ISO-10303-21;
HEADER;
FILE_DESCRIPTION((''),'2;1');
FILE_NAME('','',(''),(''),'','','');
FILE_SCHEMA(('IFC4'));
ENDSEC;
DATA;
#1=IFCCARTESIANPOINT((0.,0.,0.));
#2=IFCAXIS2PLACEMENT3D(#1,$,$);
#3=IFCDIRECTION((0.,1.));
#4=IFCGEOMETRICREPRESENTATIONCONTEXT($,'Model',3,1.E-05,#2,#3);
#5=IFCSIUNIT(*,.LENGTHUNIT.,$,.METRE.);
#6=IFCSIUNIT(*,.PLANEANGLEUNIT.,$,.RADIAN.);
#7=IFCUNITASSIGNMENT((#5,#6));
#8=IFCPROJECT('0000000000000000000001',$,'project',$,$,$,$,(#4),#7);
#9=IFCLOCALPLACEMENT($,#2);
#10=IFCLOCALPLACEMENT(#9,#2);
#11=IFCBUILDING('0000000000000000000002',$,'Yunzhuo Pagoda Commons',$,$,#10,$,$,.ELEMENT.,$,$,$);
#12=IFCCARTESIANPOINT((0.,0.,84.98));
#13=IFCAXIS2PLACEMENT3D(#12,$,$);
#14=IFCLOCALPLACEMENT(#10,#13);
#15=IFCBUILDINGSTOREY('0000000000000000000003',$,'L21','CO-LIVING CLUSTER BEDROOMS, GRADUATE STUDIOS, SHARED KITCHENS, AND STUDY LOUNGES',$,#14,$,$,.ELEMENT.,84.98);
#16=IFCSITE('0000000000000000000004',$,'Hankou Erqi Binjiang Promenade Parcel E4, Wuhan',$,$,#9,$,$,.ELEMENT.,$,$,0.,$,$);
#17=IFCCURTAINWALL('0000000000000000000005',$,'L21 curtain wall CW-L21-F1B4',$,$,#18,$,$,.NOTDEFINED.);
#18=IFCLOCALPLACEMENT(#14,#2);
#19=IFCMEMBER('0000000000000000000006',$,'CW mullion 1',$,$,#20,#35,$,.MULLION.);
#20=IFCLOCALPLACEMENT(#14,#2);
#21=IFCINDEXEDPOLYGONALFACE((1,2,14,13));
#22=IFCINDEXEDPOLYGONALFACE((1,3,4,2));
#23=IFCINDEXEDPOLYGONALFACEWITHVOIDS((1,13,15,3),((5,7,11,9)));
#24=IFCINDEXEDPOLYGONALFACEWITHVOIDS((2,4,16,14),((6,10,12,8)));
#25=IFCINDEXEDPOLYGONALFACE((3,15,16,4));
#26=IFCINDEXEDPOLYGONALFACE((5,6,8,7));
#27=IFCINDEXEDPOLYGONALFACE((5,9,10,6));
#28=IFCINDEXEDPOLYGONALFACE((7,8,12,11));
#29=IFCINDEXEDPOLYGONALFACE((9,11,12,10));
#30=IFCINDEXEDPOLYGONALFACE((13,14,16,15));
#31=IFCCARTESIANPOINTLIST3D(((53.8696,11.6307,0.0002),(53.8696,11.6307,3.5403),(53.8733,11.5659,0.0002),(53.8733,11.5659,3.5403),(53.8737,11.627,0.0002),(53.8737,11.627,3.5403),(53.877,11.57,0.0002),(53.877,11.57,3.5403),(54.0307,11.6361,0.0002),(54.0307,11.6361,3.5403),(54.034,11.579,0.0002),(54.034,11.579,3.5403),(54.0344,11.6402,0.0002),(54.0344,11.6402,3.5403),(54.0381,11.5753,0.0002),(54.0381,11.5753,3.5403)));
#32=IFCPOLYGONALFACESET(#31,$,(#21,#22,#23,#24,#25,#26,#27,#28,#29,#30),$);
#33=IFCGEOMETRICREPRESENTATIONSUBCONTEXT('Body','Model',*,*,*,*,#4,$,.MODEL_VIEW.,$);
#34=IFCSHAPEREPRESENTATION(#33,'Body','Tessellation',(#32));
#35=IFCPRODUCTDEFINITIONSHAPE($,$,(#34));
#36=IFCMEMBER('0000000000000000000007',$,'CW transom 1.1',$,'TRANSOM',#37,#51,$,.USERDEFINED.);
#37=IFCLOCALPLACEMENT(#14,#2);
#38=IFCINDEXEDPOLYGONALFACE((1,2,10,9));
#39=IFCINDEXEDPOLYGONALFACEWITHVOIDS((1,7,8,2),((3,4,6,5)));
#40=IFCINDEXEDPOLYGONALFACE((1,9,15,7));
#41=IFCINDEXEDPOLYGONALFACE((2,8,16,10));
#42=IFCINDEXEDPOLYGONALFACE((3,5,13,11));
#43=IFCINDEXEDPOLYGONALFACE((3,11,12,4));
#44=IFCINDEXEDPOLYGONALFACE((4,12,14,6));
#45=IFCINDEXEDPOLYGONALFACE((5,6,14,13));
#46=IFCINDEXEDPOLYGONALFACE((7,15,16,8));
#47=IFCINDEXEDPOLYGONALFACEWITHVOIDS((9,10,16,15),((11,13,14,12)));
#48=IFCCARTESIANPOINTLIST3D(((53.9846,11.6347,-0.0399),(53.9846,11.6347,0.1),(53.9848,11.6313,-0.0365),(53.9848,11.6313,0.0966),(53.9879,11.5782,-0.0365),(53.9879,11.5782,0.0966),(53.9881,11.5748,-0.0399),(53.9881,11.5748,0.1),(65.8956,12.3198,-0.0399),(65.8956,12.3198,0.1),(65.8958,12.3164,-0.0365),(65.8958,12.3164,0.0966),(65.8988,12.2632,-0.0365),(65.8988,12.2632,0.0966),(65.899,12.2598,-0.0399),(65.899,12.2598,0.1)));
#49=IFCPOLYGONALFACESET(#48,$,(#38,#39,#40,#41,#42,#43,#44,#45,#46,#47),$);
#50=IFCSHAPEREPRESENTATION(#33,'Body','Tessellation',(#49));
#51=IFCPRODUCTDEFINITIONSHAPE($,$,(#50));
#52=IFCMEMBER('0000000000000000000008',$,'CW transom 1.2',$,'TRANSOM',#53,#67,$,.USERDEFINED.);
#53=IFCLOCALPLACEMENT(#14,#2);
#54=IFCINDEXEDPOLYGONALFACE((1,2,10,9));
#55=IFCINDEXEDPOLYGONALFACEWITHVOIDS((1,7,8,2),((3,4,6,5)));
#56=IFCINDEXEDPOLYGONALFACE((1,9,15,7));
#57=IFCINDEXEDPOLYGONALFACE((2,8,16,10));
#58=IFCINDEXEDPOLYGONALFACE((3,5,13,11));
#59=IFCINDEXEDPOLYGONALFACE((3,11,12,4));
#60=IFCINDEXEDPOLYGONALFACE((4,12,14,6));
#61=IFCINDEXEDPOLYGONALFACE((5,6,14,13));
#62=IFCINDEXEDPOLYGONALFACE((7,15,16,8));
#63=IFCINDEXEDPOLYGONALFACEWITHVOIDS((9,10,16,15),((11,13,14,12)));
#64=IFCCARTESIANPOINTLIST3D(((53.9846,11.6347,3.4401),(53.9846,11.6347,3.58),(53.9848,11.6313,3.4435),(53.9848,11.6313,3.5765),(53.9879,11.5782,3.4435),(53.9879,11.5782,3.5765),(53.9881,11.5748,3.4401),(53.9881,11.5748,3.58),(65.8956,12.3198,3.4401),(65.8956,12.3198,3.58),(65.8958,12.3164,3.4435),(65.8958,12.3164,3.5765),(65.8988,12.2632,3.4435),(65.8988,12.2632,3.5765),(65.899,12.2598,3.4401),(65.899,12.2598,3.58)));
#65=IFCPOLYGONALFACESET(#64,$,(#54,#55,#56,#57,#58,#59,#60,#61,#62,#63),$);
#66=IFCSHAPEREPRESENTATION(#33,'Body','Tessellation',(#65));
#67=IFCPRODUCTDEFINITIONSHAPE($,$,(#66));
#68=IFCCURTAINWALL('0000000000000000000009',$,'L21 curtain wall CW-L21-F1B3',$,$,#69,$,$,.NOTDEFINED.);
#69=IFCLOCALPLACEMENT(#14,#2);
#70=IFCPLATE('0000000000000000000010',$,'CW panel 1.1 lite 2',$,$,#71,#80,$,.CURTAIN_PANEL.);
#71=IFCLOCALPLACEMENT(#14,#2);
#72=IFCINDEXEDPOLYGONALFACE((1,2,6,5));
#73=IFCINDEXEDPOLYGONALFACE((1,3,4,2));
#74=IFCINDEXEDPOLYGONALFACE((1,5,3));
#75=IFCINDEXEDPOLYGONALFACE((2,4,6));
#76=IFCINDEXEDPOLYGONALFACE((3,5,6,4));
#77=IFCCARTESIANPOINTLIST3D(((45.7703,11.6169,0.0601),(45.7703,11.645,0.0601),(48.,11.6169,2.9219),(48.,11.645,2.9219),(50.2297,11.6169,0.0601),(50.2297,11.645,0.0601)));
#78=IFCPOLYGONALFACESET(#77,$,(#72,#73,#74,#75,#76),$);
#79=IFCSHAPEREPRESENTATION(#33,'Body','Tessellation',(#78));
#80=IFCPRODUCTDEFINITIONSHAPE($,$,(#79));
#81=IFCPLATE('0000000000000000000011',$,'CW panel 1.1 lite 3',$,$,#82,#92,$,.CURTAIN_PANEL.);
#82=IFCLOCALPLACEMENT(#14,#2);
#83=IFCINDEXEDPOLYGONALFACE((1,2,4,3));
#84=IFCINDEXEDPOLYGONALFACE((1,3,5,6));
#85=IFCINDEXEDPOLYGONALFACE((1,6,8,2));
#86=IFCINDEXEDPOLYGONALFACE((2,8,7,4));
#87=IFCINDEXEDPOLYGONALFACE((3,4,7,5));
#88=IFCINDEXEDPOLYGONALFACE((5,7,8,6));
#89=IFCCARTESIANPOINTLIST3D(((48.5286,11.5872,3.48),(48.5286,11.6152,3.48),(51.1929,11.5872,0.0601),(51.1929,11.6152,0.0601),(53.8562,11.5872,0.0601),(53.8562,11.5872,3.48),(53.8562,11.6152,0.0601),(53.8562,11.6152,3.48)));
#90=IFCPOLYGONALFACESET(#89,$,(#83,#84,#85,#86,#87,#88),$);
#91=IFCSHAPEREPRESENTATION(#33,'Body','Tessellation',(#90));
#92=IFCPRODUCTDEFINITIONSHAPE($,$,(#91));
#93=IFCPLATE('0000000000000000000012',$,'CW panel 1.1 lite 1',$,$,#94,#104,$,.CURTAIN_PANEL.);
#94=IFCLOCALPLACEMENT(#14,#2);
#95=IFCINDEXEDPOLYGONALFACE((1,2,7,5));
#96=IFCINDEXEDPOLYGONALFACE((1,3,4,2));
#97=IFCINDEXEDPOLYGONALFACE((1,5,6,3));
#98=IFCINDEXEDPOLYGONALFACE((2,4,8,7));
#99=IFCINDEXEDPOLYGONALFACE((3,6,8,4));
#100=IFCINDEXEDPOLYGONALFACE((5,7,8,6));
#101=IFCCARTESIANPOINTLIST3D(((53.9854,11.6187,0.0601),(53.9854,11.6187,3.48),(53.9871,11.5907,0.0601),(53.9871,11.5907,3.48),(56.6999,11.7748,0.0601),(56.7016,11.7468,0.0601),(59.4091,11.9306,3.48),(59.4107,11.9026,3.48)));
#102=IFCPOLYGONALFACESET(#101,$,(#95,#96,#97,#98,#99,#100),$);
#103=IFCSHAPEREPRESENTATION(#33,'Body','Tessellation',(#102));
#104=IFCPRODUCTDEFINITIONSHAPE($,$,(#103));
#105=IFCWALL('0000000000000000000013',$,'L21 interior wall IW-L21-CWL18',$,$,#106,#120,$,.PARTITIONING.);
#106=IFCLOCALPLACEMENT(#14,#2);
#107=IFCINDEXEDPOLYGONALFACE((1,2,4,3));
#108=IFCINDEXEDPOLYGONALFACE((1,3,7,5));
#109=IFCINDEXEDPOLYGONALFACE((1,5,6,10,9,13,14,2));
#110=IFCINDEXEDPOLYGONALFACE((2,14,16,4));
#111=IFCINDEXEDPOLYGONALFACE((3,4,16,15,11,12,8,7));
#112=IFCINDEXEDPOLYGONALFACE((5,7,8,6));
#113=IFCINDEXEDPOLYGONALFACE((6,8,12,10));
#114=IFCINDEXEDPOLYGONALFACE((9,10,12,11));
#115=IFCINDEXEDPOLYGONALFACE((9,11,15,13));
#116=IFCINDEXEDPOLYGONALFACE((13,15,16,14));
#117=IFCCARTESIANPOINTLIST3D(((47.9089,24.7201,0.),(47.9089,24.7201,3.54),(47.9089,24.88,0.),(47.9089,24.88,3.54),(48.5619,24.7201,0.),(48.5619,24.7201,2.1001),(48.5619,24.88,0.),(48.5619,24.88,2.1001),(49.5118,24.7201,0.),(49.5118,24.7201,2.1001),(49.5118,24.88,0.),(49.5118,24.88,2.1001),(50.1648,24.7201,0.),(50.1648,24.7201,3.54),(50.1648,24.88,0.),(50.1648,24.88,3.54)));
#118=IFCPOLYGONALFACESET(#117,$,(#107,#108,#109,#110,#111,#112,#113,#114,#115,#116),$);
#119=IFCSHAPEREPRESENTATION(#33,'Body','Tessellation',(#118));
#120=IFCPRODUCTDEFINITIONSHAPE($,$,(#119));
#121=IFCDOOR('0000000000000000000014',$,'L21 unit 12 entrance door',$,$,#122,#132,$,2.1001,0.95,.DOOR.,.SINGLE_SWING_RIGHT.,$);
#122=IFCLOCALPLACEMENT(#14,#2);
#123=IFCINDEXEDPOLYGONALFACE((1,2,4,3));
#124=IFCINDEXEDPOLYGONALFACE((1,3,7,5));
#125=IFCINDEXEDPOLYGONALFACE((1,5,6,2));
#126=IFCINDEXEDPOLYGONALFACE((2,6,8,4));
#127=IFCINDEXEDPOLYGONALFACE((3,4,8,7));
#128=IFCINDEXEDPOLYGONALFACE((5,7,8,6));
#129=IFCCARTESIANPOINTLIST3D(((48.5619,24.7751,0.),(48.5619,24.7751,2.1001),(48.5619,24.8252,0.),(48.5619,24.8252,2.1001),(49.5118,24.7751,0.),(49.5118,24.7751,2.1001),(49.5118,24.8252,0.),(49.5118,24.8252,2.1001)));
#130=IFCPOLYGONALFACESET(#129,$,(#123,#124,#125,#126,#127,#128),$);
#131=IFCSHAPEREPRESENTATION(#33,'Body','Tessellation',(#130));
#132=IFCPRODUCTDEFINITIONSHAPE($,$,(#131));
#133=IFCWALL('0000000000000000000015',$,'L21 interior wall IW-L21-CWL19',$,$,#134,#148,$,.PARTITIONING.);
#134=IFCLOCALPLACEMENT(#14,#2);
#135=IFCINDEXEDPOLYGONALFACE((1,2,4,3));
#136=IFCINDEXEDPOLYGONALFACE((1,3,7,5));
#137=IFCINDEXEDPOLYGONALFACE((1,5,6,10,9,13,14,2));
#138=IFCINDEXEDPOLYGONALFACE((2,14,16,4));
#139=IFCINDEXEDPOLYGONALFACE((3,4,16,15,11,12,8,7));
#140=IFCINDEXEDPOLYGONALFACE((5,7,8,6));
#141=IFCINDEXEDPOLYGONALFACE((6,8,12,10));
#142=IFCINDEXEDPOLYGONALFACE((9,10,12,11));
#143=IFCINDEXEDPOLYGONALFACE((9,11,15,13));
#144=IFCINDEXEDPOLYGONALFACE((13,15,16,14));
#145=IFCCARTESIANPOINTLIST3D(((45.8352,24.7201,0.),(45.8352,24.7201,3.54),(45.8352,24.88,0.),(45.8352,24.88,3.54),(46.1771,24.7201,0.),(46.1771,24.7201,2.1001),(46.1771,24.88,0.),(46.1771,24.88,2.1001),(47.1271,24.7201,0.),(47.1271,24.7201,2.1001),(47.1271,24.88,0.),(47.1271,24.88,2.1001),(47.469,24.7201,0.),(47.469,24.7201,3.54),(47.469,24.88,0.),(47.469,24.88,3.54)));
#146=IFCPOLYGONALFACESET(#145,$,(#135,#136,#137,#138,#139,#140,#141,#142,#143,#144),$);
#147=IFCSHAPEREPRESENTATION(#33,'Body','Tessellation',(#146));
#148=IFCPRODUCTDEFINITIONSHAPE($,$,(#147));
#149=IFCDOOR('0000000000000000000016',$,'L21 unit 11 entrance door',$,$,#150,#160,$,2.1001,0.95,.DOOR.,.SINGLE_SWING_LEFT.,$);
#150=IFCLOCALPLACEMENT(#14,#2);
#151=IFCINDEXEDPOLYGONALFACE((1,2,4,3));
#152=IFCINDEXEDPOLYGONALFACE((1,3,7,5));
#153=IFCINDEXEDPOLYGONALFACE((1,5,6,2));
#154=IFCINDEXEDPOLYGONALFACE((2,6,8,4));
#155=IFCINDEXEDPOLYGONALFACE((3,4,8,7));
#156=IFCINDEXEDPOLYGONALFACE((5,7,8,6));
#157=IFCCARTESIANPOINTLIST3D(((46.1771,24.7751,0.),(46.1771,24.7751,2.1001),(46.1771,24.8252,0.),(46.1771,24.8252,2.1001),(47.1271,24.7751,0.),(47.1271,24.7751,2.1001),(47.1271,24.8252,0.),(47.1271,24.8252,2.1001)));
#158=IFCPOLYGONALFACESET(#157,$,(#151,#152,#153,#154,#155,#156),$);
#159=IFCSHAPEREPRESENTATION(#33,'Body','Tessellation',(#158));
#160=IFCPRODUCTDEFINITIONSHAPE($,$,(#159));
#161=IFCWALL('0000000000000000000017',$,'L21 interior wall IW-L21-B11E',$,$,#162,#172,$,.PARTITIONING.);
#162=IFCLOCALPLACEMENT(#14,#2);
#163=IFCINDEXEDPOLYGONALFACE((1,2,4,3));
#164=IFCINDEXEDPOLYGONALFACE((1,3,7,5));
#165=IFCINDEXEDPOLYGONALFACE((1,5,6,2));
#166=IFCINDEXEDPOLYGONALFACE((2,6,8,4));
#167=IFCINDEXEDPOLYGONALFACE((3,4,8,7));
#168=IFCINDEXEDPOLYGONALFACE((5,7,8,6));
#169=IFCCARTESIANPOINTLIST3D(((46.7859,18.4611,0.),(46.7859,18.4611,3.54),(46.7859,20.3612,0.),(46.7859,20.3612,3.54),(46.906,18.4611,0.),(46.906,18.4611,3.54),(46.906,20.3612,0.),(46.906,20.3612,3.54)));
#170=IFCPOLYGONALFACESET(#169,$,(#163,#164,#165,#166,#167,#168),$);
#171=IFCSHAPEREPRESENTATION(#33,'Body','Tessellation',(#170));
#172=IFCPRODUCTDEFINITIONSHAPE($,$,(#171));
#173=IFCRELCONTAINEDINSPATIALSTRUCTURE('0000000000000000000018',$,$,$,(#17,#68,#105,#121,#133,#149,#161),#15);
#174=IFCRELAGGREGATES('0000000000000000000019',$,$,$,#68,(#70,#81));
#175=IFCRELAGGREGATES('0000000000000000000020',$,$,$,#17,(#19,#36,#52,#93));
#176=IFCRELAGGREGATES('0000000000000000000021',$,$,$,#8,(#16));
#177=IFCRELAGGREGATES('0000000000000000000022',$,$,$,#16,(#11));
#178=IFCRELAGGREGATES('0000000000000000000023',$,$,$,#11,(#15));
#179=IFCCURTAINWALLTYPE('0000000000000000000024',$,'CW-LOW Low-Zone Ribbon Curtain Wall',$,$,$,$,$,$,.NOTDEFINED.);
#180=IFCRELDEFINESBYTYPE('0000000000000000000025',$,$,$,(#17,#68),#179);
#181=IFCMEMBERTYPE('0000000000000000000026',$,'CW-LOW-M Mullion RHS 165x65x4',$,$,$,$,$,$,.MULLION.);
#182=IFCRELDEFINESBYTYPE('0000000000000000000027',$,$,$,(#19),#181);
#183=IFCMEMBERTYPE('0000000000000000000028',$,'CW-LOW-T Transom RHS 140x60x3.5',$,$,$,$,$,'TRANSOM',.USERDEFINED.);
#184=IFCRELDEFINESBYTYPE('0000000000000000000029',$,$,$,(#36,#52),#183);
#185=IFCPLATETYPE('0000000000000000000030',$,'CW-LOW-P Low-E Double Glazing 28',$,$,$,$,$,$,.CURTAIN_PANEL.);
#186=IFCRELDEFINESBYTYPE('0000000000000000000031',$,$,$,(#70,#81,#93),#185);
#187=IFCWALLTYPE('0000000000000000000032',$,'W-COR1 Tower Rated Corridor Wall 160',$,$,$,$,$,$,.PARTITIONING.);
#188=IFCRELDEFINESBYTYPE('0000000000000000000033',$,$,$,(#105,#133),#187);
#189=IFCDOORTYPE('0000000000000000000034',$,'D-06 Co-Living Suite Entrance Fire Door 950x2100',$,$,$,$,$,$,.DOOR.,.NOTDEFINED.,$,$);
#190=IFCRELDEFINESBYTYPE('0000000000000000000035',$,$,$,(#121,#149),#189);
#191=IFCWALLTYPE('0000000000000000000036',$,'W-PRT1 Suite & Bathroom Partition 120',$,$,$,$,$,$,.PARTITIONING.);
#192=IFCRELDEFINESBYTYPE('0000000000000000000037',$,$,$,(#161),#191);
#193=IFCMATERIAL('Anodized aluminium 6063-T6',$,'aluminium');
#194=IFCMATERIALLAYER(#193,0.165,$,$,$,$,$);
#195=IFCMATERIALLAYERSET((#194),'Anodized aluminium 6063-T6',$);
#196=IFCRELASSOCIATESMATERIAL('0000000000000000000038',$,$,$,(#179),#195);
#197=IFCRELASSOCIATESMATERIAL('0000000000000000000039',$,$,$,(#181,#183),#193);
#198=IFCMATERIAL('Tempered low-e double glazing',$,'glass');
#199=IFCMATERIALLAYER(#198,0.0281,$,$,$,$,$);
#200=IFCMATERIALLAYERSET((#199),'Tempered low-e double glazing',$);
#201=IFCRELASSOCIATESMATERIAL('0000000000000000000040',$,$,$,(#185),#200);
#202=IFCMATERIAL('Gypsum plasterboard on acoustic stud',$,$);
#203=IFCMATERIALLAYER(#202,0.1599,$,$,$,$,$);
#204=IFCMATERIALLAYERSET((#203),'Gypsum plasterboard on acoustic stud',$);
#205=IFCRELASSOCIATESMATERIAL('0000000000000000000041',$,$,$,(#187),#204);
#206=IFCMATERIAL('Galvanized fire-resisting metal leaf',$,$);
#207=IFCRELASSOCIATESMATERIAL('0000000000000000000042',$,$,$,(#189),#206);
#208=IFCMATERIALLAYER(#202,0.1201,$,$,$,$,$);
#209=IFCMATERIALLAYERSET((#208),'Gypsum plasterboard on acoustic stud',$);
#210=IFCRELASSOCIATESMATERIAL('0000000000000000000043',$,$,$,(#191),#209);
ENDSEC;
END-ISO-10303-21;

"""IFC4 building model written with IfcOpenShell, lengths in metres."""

from ifc_helpers import new_model, si_unit, direction, frame, frame_2d, origin, origin_with_axes, origin_2d, place, context, subcontext, project, spatial, polyline, rectangle, hollow_rectangle, outline, extrude, source, transform, mapped, material, layer, layer_set, material_profile, profile_set, type_object, element, fill, aggregate, save


model = new_model("IFC4")

# Units and contexts
model_context = context("Model", 3, precision=1e-05, world=origin(), true_north=direction((0.0, 1.0)))
body_context = subcontext(model_context, "Body", "Model", "MODEL_VIEW")
ifc_project = project(units=[si_unit("LENGTHUNIT", "METRE"), si_unit("PLANEANGLEUNIT", "RADIAN")], contexts=[model_context])

# Site, building, storey
site_placement = place(None, origin())
site = spatial("IfcSite", under=ifc_project, at=site_placement, Name="Hankou Erqi Binjiang Promenade Parcel E4, Wuhan", CompositionType="ELEMENT", RefElevation=0.0)
building_placement = place(site_placement, origin())
building = spatial("IfcBuilding", under=site, at=building_placement, Name="Yunzhuo Pagoda Commons", CompositionType="ELEMENT")
storey_placement = place(building_placement, frame((0.0, 0.0, 84.98)))
storey = spatial("IfcBuildingStorey", under=building, at=storey_placement, Name="L21", Description="CO-LIVING CLUSTER BEDROOMS, GRADUATE STUDIOS, SHARED KITCHENS, AND STUDY LOUNGES", CompositionType="ELEMENT", Elevation=84.98)

# Curtain wall, members
ifc_material_1 = material(Name="Anodized aluminium 6063-T6", Category="aluminium")
ifc_layer_1 = layer(ifc_material_1, 0.165)
ifc_layer_set_1 = layer_set([ifc_layer_1], Name="Anodized aluminium 6063-T6")
curtain_wall_type = type_object("IfcCurtainWallType", Name="CW-LOW Low-Zone Ribbon Curtain Wall", PredefinedType="NOTDEFINED", material=ifc_layer_set_1)
curtain_wall_1_placement = place(storey_placement, origin())
curtain_wall_1 = element("IfcCurtainWall", 1, at=curtain_wall_1_placement, inside=storey, type_object=curtain_wall_type, Name="L21 curtain wall CW-L21-F1B4", PredefinedType="NOTDEFINED")
ifc_material_profile_1 = material_profile(ifc_material_1, hollow_rectangle(XDim=0.0649, YDim=0.165, WallThickness=0.0039, at=origin_2d()), Name="Anodized aluminium 6063-T6")
ifc_profile_set_1 = profile_set([ifc_material_profile_1], Name="Anodized aluminium 6063-T6")
member_type_1 = type_object("IfcMemberType", Name="CW-LOW-M Mullion RHS 165x65x4", PredefinedType="MULLION", material=ifc_profile_set_1)
shared_shape_1 = source(origin(), body_context, "Body", "SweptSolid", [
    extrude(hollow_rectangle(XDim=0.0649, YDim=0.165, WallThickness=0.0039, at=origin_2d()), origin(), (0.0, 0.0, 1.0), 3.54),
])
member_1_placement = place(storey_placement, frame((53.9539, 11.603, 0.0002), z_axis=(0.0, 0.0, 1.0), x_axis=(-0.057418, 0.99835, 0.0)))
member_1 = element("IfcMember", 2, at=member_1_placement, type_object=member_type_1, Name="CW mullion 1", PredefinedType="MULLION", context=body_context, shape_type="MappedRepresentation", body=[
    mapped(shared_shape_1, transform((0.0, 0.0, 0.0), scale=1.0)),
])
ifc_material_profile_2 = material_profile(ifc_material_1, hollow_rectangle(XDim=0.0601, YDim=0.1399, WallThickness=0.0034, at=origin_2d()), Name="Anodized aluminium 6063-T6")
ifc_profile_set_2 = profile_set([ifc_material_profile_2], Name="Anodized aluminium 6063-T6")
member_type_2 = type_object("IfcMemberType", Name="CW-LOW-T Transom RHS 140x60x3.5", ElementType="TRANSOM", PredefinedType="USERDEFINED", material=ifc_profile_set_2)
shared_shape_2 = source(origin(), body_context, "Body", "SweptSolid", [
    extrude(hollow_rectangle(XDim=0.0601, YDim=0.1399, WallThickness=0.0034, at=origin_2d()), origin(), (0.0, 0.0, 1.0), 11.9307),
])
member_2_placement = place(storey_placement, frame((53.9863, 11.6047, 0.03), z_axis=(0.99835, 0.05742, 0.0), x_axis=(-0.05742, 0.99835, 0.0)))
member_2 = element("IfcMember", 3, at=member_2_placement, type_object=member_type_2, Name="CW transom 1.1", ObjectType="TRANSOM", PredefinedType="USERDEFINED", context=body_context, shape_type="MappedRepresentation", body=[
    mapped(shared_shape_2, transform((0.0, 0.0, 0.0), scale=1.0)),
])
member_3_placement = place(storey_placement, frame((53.9863, 11.6047, 3.51), z_axis=(0.99835, 0.05742, 0.0), x_axis=(-0.05742, 0.99835, 0.0)))
member_3 = element("IfcMember", 4, at=member_3_placement, type_object=member_type_2, Name="CW transom 1.2", ObjectType="TRANSOM", PredefinedType="USERDEFINED", context=body_context, shape_type="MappedRepresentation", body=[
    mapped(shared_shape_2, transform((0.0, 0.0, 0.0), scale=1.0)),
])

# Curtain wall, plates
curtain_wall_2_placement = place(storey_placement, origin())
curtain_wall_2 = element("IfcCurtainWall", 5, at=curtain_wall_2_placement, inside=storey, type_object=curtain_wall_type, Name="L21 curtain wall CW-L21-F1B3", PredefinedType="NOTDEFINED")
ifc_material_2 = material(Name="Tempered low-e double glazing", Category="glass")
ifc_layer_2 = layer(ifc_material_2, 0.0281)
ifc_layer_set_2 = layer_set([ifc_layer_2], Name="Tempered low-e double glazing")
plate_type = type_object("IfcPlateType", Name="CW-LOW-P Low-E Double Glazing 28", PredefinedType="CURTAIN_PANEL", material=ifc_layer_set_2)
plate_1_placement = place(storey_placement, frame((48.0, 11.645, 1.491), z_axis=(0.0, -1.0, 0.0), x_axis=(1.0, 0.0, 0.0)))
plate_1 = element("IfcPlate", 6, at=plate_1_placement, type_object=plate_type, Name="CW panel 1.1 lite 2", PredefinedType="CURTAIN_PANEL", context=body_context, shape_type="SweptSolid", body=[
    extrude(outline(polyline([(-2.2297, -1.4309), (2.2297, -1.4309), (0.0, 1.4309), (-2.2297, -1.4309)])), origin(), (0.0, 0.0, 1.0), 0.0281),
])
plate_2_placement = place(storey_placement, frame((51.1924, 11.6152, 1.77), z_axis=(0.0, -1.0, 0.0), x_axis=(1.0, 0.0, 0.0)))
plate_2 = element("IfcPlate", 7, at=plate_2_placement, type_object=plate_type, Name="CW panel 1.1 lite 3", PredefinedType="CURTAIN_PANEL", context=body_context, shape_type="SweptSolid", body=[
    extrude(outline(polyline([(-2.6638, 1.71), (0.0005, -1.71), (2.6638, -1.71), (2.6638, 1.71), (-2.6638, 1.71)])), origin(), (0.0, 0.0, 1.0), 0.0281),
])
aggregate(curtain_wall_2, [plate_1, plate_2])

# Plate
plate_3_placement = place(storey_placement, frame((56.6973, 11.7747, 1.77), z_axis=(0.057418, -0.99835, 0.0), x_axis=(0.99835, 0.057418, 0.0)))
plate_3 = element("IfcPlate", 8, at=plate_3_placement, type_object=plate_type, Name="CW panel 1.1 lite 1", PredefinedType="CURTAIN_PANEL", context=body_context, shape_type="SweptSolid", body=[
    extrude(outline(polyline([(-2.7163, -1.71), (0.0027, -1.71), (2.7163, 1.71), (-2.7163, 1.71), (-2.7163, -1.71)])), origin(), (0.0, 0.0, 1.0), 0.0281),
])
aggregate(curtain_wall_1, [member_1, member_2, member_3, plate_3])

# Walls, openings, doors
ifc_material_3 = material(Name="Gypsum plasterboard on acoustic stud")
ifc_layer_3 = layer(ifc_material_3, 0.1599)
ifc_layer_set_3 = layer_set([ifc_layer_3], Name="Gypsum plasterboard on acoustic stud")
wall_type_1 = type_object("IfcWallType", Name="W-COR1 Tower Rated Corridor Wall 160", PredefinedType="PARTITIONING", material=ifc_layer_set_3)
wall_1_placement = place(storey_placement, frame((50.1648, 24.8, 0.0), z_axis=(0.0, 0.0, 1.0), x_axis=(-1.0, 0.0, 0.0)))
wall_1 = element("IfcWall", 9, at=wall_1_placement, inside=storey, type_object=wall_type_1, Name="L21 interior wall IW-L21-CWL18", PredefinedType="PARTITIONING", context=body_context, shape_type="SweptSolid", body=[
    extrude(rectangle(XDim=2.2559, YDim=0.1599, at=frame_2d((1.1279, 0.0))), origin(), (0.0, 0.0, 1.0), 3.54),
])
opening_1_placement = place(wall_1_placement, frame((0.6528, 0.0, 0.0)))
opening_1 = element("IfcOpeningElement", 10, at=opening_1_placement, cuts=wall_1, PredefinedType="OPENING", context=body_context, shape_type="SweptSolid", body=[
    extrude(rectangle(XDim=0.95, YDim=2.1001, at=frame_2d((0.4751, 1.05))), frame((0.0, 0.0898, 0.0), z_axis=(0.0, -1.0, 0.0), x_axis=(1.0, 0.0, 0.0)), (0.0, 0.0, 1.0), 0.1799),
])
ifc_material_4 = material(Name="Galvanized fire-resisting metal leaf")
door_type_1 = type_object("IfcDoorType", Name="D-06 Co-Living Suite Entrance Fire Door 950x2100", OperationType="NOTDEFINED", PredefinedType="DOOR", material=ifc_material_4)
shared_shape_3 = source(origin(), body_context, "Body", "SweptSolid", [
    extrude(rectangle(XDim=0.95, YDim=2.1001, at=frame_2d((0.4751, 1.05))), frame((0.0, 0.0249, 0.0), z_axis=(0.0, -1.0, 0.0), x_axis=(1.0, 0.0, 0.0)), (0.0, 0.0, 1.0), 0.05),
])
door_1_placement = place(opening_1_placement, origin_with_axes())
door_1 = element("IfcDoor", 11, at=door_1_placement, inside=storey, type_object=door_type_1, Name="L21 unit 12 entrance door", OperationType="SINGLE_SWING_RIGHT", OverallHeight=2.1001, OverallWidth=0.95, PredefinedType="DOOR", context=body_context, shape_type="MappedRepresentation", body=[
    mapped(shared_shape_3, transform((0.0, 0.0, 0.0), scale=1.0)),
])
fill(opening_1, door_1)
wall_2_placement = place(storey_placement, frame((47.469, 24.8, 0.0), z_axis=(0.0, 0.0, 1.0), x_axis=(-1.0, 0.0, 0.0)))
wall_2 = element("IfcWall", 12, at=wall_2_placement, inside=storey, type_object=wall_type_1, Name="L21 interior wall IW-L21-CWL19", PredefinedType="PARTITIONING", context=body_context, shape_type="SweptSolid", body=[
    extrude(rectangle(XDim=1.6338, YDim=0.1599, at=frame_2d((0.8169, 0.0))), origin(), (0.0, 0.0, 1.0), 3.54),
])
opening_2_placement = place(wall_2_placement, frame((0.3418, 0.0, 0.0)))
opening_2 = element("IfcOpeningElement", 13, at=opening_2_placement, cuts=wall_2, PredefinedType="OPENING", context=body_context, shape_type="SweptSolid", body=[
    extrude(rectangle(XDim=0.95, YDim=2.1001, at=frame_2d((0.4751, 1.05))), frame((0.0, 0.0898, 0.0), z_axis=(0.0, -1.0, 0.0), x_axis=(1.0, 0.0, 0.0)), (0.0, 0.0, 1.0), 0.1799),
])
door_2_placement = place(opening_2_placement, origin_with_axes())
door_2 = element("IfcDoor", 14, at=door_2_placement, inside=storey, type_object=door_type_1, Name="L21 unit 11 entrance door", OperationType="SINGLE_SWING_LEFT", OverallHeight=2.1001, OverallWidth=0.95, PredefinedType="DOOR", context=body_context, shape_type="MappedRepresentation", body=[
    mapped(shared_shape_3, transform((0.0, 0.0, 0.0), scale=1.0)),
])
fill(opening_2, door_2)

# Wall
ifc_layer_4 = layer(ifc_material_3, 0.1201)
ifc_layer_set_4 = layer_set([ifc_layer_4], Name="Gypsum plasterboard on acoustic stud")
wall_type_2 = type_object("IfcWallType", Name="W-PRT1 Suite & Bathroom Partition 120", PredefinedType="PARTITIONING", material=ifc_layer_set_4)
wall_3_placement = place(storey_placement, frame((46.8459, 18.4609, 0.0), z_axis=(0.0, 0.0, 1.0), x_axis=(0.0, 1.0, 0.0)))
element("IfcWall", 15, at=wall_3_placement, inside=storey, type_object=wall_type_2, Name="L21 interior wall IW-L21-B11E", PredefinedType="PARTITIONING", context=body_context, shape_type="SweptSolid", body=[
    extrude(rectangle(XDim=1.9001, YDim=0.1201, at=frame_2d((0.9502, 0.0))), origin(), (0.0, 0.0, 1.0), 3.54),
])

save(model, "model.ifc")
